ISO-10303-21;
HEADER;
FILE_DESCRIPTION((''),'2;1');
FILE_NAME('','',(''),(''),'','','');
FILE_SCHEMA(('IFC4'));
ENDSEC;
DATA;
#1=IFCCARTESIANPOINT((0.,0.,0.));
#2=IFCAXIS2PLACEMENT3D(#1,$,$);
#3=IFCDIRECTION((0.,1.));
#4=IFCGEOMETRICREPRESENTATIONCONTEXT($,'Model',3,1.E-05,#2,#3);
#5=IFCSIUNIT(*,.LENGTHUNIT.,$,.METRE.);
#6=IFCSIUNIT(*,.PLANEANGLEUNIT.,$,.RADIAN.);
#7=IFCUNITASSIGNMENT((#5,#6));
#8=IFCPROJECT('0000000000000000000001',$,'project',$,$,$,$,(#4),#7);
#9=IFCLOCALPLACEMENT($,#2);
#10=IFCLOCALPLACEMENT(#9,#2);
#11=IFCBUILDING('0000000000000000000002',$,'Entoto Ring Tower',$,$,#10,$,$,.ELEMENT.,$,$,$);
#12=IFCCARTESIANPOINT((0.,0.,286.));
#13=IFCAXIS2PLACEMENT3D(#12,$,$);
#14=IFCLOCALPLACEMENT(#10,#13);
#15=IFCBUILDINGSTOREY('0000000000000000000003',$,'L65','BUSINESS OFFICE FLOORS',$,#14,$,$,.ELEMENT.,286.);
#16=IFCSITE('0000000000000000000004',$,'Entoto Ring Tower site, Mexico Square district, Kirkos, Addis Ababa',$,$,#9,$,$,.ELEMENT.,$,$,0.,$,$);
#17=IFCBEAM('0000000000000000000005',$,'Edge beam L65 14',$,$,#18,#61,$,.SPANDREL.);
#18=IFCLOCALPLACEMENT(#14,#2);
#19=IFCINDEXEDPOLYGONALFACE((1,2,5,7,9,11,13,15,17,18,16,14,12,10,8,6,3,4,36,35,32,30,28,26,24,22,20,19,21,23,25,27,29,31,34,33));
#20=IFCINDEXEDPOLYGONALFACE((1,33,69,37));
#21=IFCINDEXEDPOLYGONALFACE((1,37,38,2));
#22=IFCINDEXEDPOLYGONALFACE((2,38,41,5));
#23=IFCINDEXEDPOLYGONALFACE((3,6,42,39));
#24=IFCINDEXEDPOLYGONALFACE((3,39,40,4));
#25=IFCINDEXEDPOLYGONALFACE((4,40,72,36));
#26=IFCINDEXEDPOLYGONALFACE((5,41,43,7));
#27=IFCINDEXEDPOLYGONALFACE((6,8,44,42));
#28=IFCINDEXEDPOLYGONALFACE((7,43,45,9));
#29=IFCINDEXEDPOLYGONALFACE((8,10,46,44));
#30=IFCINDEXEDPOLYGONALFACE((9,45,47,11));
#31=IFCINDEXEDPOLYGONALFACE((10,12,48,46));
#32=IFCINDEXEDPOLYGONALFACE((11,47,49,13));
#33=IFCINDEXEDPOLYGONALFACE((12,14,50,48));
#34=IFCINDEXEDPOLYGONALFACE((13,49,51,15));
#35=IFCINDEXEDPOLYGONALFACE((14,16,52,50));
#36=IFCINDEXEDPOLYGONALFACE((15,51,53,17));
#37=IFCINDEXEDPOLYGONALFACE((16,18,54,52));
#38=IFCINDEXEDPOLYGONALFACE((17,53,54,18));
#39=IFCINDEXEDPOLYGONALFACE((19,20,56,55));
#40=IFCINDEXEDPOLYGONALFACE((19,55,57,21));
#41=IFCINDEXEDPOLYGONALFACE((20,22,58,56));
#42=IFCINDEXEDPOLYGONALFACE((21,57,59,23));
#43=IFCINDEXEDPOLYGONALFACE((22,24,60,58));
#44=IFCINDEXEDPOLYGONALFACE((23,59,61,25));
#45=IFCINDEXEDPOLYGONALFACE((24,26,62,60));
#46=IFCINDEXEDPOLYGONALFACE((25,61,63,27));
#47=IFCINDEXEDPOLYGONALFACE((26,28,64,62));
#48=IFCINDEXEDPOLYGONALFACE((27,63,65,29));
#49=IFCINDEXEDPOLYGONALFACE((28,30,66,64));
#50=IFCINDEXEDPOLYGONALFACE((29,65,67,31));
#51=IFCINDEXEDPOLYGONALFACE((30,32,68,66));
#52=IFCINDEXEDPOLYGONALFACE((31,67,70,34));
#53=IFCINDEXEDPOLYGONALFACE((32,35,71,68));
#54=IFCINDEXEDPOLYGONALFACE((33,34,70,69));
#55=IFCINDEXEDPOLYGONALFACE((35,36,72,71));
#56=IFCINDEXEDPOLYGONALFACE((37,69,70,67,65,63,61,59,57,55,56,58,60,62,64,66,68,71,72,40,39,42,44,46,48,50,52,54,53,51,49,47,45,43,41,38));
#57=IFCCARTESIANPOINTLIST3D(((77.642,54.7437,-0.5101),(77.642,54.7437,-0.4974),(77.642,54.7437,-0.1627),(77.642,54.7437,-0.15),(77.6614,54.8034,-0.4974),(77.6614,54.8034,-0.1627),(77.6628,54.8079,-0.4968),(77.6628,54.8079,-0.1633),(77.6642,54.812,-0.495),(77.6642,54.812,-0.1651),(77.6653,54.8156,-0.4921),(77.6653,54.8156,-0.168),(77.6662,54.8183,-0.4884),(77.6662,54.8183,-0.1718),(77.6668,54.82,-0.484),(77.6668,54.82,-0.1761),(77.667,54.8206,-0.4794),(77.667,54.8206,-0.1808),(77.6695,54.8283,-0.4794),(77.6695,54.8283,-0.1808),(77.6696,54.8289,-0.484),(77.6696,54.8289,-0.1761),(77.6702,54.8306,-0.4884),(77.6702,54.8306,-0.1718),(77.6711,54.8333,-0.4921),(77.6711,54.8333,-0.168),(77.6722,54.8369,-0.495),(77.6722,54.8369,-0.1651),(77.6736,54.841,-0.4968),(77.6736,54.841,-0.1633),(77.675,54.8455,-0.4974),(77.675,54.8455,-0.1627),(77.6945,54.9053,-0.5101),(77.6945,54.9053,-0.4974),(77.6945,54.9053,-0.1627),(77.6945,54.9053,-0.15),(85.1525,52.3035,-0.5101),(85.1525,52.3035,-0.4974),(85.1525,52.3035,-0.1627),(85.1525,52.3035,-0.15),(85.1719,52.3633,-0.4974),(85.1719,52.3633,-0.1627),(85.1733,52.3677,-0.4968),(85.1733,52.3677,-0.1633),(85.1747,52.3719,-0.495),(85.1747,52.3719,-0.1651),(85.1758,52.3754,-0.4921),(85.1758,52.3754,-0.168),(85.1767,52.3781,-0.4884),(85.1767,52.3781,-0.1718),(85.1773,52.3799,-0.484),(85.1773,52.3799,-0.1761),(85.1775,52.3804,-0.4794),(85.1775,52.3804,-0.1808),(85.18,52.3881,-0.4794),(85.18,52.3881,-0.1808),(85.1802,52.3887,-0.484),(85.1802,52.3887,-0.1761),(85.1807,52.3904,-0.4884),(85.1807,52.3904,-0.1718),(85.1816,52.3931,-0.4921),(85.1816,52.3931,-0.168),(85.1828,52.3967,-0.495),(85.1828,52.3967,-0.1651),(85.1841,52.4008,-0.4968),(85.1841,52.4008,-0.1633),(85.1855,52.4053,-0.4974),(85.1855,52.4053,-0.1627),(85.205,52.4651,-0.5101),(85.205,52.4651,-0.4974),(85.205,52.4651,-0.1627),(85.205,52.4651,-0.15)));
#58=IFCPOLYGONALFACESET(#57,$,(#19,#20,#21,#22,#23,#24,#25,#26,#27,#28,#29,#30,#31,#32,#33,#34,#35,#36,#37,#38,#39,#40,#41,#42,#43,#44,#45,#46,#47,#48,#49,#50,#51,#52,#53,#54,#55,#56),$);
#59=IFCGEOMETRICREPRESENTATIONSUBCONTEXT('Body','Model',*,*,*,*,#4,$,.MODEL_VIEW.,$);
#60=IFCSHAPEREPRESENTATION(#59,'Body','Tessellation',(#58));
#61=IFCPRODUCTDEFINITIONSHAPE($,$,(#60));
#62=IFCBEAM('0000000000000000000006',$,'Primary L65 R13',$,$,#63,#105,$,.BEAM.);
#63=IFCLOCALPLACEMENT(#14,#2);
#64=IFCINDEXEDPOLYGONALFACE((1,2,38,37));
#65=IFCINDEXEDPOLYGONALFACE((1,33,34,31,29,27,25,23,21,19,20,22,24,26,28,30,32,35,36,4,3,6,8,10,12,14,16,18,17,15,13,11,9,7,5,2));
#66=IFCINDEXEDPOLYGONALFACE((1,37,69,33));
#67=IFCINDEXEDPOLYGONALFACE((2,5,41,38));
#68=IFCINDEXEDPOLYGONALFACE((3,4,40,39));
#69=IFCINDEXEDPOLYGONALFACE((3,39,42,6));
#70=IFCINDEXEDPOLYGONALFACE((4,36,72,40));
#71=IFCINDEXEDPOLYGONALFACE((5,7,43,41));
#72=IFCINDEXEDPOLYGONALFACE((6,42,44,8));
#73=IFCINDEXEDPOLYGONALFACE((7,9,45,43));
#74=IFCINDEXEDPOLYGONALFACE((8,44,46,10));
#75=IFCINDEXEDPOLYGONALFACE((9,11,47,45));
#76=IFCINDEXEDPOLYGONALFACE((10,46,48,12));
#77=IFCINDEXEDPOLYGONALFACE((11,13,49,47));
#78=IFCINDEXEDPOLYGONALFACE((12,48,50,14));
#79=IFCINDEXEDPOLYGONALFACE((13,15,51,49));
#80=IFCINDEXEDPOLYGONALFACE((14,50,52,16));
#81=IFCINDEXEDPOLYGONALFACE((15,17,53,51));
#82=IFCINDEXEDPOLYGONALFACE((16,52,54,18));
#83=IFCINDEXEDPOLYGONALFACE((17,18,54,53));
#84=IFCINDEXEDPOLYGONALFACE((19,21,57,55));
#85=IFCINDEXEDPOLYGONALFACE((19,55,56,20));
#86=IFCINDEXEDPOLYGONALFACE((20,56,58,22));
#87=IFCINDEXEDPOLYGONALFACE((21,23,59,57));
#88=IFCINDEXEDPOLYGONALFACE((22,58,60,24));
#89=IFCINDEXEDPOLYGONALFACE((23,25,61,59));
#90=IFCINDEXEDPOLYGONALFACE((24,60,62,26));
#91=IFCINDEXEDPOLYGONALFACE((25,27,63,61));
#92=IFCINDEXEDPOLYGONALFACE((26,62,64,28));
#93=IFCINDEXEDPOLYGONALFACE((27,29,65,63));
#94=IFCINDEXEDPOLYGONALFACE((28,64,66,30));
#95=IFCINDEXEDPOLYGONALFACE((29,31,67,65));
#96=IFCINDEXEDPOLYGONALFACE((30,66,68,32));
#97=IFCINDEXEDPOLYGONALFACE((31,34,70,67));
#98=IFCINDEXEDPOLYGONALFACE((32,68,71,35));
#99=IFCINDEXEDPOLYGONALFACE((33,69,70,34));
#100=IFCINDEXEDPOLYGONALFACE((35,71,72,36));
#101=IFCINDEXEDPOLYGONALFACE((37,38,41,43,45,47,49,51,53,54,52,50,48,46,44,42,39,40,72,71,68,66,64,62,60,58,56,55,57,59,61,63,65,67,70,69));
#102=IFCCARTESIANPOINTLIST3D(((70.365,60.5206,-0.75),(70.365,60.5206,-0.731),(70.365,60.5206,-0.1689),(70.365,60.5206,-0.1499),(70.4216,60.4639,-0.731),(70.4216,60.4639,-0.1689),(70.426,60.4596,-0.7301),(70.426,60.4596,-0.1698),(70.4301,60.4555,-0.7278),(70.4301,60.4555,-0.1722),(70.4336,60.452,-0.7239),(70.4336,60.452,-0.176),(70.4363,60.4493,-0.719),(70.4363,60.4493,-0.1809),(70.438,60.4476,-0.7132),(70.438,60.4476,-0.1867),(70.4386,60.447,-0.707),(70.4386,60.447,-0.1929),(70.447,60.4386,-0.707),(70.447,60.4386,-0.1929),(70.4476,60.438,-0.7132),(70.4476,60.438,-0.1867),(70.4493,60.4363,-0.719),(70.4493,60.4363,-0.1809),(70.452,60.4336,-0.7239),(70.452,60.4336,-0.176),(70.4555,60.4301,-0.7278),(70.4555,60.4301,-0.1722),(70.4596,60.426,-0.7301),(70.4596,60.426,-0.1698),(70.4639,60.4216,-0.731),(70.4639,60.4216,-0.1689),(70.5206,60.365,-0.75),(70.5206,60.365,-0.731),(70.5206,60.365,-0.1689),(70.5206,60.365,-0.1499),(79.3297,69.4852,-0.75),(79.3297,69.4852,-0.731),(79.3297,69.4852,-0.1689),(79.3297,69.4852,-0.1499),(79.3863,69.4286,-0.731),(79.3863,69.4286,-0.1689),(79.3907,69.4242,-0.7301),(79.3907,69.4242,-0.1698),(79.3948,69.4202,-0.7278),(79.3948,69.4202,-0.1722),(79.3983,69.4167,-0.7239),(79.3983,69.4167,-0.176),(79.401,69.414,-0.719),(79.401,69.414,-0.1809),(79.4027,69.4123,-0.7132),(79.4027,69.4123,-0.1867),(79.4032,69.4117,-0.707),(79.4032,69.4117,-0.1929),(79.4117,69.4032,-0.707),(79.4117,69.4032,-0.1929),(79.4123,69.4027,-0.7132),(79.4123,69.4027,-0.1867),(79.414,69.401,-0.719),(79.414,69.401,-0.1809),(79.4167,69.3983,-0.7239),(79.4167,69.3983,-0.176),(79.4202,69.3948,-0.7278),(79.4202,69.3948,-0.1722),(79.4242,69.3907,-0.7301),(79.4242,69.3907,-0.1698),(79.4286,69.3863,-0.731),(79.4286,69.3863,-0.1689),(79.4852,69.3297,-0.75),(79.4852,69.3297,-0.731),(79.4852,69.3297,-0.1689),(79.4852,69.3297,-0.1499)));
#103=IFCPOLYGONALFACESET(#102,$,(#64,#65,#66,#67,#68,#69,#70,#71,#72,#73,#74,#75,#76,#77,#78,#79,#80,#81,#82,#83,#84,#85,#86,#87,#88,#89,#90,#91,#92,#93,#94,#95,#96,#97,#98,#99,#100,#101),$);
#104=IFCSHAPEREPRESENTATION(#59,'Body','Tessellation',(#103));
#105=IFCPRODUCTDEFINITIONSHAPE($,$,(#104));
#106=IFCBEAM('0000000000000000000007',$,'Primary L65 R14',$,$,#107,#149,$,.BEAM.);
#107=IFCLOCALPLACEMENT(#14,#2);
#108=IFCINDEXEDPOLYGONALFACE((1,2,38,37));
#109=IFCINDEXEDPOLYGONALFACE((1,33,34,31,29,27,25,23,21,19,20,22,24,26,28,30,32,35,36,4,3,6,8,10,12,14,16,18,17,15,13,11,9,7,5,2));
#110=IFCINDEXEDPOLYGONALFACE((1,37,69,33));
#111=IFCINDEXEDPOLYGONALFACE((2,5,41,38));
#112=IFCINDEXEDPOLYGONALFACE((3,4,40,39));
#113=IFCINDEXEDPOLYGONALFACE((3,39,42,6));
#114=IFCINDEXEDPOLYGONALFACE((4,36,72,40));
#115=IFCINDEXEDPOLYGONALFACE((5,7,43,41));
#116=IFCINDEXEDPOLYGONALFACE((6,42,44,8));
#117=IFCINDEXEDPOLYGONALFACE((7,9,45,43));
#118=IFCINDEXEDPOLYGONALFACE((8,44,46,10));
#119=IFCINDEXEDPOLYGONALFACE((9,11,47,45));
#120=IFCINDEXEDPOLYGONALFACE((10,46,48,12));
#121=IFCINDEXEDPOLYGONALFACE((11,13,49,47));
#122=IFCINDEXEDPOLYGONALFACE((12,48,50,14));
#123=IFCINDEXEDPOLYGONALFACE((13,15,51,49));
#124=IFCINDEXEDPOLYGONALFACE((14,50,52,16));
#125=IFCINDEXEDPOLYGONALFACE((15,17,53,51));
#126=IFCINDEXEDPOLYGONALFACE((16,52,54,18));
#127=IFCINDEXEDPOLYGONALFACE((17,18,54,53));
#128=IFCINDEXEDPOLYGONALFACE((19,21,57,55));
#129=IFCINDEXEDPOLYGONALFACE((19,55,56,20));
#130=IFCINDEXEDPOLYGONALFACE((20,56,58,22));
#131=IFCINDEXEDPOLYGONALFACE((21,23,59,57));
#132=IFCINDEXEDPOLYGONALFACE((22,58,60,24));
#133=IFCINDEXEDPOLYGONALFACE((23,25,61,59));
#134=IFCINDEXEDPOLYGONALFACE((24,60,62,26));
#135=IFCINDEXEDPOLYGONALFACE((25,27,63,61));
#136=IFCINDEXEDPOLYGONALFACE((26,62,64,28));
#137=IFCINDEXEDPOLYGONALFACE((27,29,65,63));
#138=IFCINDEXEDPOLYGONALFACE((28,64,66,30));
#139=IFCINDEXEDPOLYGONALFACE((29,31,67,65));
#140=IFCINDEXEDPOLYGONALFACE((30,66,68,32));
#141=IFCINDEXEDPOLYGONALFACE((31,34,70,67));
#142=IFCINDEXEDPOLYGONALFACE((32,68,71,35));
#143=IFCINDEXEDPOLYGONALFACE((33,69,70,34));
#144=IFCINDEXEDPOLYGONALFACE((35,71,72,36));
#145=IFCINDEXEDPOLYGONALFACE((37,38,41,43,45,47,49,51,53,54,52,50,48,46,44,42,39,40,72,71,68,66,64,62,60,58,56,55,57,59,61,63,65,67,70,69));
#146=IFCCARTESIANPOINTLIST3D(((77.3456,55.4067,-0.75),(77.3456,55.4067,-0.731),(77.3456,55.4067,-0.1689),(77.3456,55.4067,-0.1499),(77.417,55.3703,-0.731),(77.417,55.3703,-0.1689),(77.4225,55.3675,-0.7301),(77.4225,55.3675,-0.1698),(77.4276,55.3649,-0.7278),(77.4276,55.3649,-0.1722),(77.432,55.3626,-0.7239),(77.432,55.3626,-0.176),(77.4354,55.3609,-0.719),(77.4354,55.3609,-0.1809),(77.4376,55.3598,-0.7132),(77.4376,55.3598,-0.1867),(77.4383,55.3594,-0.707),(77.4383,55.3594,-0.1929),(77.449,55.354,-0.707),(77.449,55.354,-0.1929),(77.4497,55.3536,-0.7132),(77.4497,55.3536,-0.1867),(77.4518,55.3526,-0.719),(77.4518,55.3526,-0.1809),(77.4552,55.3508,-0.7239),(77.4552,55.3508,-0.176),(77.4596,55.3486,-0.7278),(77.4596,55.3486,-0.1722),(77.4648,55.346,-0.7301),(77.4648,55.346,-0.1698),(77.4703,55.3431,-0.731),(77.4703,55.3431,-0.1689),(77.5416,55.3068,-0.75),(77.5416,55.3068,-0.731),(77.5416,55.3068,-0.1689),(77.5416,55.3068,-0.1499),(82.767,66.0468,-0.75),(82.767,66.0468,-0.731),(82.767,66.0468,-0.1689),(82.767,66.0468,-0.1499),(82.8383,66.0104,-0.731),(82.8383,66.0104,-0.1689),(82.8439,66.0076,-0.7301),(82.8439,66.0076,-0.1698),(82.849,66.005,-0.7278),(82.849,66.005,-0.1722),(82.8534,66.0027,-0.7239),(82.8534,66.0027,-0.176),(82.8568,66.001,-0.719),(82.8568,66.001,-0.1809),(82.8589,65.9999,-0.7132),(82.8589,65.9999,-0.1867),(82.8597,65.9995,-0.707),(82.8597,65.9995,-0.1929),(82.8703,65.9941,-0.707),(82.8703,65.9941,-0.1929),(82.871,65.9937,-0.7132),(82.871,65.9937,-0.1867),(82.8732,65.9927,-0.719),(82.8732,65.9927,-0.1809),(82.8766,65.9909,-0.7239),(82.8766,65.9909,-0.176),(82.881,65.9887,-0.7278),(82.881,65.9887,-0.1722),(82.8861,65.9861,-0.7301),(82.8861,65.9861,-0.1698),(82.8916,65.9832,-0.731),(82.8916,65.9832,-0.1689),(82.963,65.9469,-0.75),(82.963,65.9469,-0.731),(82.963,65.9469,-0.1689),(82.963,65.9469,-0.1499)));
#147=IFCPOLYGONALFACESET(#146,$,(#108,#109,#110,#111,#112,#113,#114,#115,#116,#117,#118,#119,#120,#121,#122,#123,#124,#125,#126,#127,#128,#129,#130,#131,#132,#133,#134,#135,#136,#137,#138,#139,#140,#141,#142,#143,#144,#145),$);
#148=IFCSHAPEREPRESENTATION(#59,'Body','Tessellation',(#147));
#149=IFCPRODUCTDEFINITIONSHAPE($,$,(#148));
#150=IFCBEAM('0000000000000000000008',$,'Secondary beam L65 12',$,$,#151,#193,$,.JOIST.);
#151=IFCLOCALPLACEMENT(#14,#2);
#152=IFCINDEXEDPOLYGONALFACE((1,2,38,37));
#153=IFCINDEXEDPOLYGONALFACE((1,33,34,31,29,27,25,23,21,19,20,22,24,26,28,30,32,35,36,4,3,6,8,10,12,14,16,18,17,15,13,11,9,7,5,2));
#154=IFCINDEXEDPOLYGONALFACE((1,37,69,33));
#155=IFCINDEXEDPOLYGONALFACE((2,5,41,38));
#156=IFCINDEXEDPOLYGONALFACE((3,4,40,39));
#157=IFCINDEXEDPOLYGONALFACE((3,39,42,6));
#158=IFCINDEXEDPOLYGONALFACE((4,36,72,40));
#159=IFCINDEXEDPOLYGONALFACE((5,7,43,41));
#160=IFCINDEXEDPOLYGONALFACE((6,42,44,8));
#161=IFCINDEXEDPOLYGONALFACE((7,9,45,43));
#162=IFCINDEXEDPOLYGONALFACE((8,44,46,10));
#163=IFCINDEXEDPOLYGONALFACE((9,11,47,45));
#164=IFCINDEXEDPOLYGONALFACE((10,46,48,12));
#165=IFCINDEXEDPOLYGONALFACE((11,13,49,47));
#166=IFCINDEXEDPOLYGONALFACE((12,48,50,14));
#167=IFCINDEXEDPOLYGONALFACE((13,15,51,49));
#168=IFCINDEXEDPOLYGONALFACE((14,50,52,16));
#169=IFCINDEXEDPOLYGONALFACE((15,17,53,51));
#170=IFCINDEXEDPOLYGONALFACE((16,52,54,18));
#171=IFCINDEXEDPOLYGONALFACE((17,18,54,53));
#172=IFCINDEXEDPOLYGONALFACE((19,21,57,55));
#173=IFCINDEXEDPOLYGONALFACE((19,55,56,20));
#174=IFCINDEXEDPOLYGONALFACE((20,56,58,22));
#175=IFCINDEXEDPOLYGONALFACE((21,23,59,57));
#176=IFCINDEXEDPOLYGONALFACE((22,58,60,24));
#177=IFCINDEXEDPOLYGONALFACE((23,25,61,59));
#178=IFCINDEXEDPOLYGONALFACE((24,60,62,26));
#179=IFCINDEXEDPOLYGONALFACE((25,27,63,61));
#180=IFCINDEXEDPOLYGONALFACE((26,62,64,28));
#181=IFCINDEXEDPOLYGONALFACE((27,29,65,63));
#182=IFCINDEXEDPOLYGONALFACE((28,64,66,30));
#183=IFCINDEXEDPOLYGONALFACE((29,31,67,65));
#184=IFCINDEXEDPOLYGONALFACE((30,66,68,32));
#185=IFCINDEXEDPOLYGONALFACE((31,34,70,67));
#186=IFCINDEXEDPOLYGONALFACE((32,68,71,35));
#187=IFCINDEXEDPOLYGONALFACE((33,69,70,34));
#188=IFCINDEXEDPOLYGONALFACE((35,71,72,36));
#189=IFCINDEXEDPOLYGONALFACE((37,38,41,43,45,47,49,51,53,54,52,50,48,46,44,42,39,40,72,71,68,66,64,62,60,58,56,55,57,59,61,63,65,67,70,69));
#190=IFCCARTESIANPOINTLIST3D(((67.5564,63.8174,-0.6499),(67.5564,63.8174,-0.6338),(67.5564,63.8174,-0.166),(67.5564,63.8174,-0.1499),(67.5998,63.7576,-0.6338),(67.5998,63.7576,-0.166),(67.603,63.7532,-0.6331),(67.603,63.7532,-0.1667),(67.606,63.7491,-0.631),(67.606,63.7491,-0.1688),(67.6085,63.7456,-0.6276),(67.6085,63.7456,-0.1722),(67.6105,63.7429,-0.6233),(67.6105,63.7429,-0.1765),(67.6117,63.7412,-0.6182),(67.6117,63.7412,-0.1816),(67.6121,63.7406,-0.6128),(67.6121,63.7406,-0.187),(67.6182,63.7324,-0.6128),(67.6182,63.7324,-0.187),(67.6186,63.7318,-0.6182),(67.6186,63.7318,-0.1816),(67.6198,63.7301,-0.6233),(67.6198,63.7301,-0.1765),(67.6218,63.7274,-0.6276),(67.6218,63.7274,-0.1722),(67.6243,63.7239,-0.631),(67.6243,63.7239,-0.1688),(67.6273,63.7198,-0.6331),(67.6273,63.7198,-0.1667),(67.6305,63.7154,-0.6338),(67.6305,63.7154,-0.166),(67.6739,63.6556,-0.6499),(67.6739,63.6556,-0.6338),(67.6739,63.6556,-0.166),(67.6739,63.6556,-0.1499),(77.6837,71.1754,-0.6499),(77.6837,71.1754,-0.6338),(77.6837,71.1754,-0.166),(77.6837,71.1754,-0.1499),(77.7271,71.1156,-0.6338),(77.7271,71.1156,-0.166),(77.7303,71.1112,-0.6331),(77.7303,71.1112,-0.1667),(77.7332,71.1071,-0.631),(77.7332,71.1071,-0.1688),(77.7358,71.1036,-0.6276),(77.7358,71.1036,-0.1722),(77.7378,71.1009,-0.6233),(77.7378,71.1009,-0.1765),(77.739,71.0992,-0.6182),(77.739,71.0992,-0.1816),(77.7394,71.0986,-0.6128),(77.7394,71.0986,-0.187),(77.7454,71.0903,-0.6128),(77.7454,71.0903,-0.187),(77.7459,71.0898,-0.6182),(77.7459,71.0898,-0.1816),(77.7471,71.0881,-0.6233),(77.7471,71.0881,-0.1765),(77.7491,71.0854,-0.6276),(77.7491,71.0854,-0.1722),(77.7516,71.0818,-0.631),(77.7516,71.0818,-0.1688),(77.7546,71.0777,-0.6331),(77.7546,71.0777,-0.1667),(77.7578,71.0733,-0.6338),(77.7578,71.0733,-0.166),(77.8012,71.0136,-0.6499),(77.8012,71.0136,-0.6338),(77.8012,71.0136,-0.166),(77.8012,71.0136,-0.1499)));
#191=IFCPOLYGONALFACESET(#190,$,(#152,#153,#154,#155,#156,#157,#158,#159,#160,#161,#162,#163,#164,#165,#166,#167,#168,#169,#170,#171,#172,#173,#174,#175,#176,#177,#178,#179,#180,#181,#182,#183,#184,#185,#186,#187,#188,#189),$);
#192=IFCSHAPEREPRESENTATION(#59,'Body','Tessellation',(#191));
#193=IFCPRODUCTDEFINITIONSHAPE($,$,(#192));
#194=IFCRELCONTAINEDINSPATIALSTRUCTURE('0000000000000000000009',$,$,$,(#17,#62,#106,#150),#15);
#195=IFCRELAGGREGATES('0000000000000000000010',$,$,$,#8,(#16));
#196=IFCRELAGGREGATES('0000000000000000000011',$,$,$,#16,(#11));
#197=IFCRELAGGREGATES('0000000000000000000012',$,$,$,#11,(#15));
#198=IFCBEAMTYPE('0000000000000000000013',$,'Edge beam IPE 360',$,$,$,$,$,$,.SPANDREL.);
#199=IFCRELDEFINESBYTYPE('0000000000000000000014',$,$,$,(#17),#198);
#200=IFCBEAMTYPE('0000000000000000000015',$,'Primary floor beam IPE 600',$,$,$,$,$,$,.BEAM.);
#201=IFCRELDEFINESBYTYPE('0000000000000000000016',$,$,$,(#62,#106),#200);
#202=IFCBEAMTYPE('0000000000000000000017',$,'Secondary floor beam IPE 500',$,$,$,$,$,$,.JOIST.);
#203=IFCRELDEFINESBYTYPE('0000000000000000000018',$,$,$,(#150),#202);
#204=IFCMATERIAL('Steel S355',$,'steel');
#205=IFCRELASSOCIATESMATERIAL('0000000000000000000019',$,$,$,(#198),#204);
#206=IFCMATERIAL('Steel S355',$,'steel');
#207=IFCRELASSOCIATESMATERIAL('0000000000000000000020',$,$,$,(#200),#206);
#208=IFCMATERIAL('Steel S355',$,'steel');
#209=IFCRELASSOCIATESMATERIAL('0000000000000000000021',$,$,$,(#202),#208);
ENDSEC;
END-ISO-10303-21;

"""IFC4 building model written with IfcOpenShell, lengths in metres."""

from ifc_helpers import new_model, si_unit, direction, frame, origin, origin_2d, place, context, subcontext, project, spatial, i_section, extrude, material, material_profile, profile_set, type_object, element, save


model = new_model("IFC4")

# Units and contexts
model_context = context("Model", 3, precision=1e-05, world=origin(), true_north=direction((0.0, 1.0)))
body_context = subcontext(model_context, "Body", "Model", "MODEL_VIEW")
ifc_project = project(units=[si_unit("LENGTHUNIT", "METRE"), si_unit("PLANEANGLEUNIT", "RADIAN")], contexts=[model_context])

# Site, building, storey
site_placement = place(None, origin())
site = spatial("IfcSite", under=ifc_project, at=site_placement, Name="Entoto Ring Tower site, Mexico Square district, Kirkos, Addis Ababa", CompositionType="ELEMENT", RefElevation=0.0)
building_placement = place(site_placement, origin())
building = spatial("IfcBuilding", under=site, at=building_placement, Name="Entoto Ring Tower", CompositionType="ELEMENT")
storey_placement = place(building_placement, frame((0.0, 0.0, 286.0)))
storey = spatial("IfcBuildingStorey", under=building, at=storey_placement, Name="L65", Description="BUSINESS OFFICE FLOORS", CompositionType="ELEMENT", Elevation=286.0)

# Beams
ifc_material_1 = material(Name="Steel S355", Category="steel")
ifc_material_profile_1 = material_profile(ifc_material_1, i_section(OverallWidth=0.1699, OverallDepth=0.3601, WebThickness=0.0081, FlangeThickness=0.0127, FilletRadius=0.0181, at=origin_2d()), Name="IPE 360")
ifc_profile_set_1 = profile_set([ifc_material_profile_1], Name="Steel S355")
beam_type_1 = type_object("IfcBeamType", Name="Edge beam IPE 360", PredefinedType="SPANDREL", material=ifc_profile_set_1)
beam_1_placement = place(storey_placement, frame((77.6682, 54.8245, -0.3301), z_axis=(0.951061, -0.309003, 0.0), x_axis=(0.309003, 0.951061, 0.0)))
element("IfcBeam", 1, at=beam_1_placement, inside=storey, type_object=beam_type_1, Name="Edge beam L65 14", PredefinedType="SPANDREL", context=body_context, shape_type="SweptSolid", body=[
    extrude(i_section(OverallWidth=0.1699, OverallDepth=0.3601, WebThickness=0.0081, FlangeThickness=0.0127, FilletRadius=0.0181, at=origin_2d()), origin(), (0.0, 0.0, 1.0), 7.897),
])
ifc_material_2 = material(Name="Steel S355", Category="steel")
ifc_material_profile_2 = material_profile(ifc_material_2, i_section(OverallWidth=0.22, OverallDepth=0.6001, WebThickness=0.012, FlangeThickness=0.019, FilletRadius=0.0239, at=origin_2d()), Name="IPE 600")
ifc_profile_set_2 = profile_set([ifc_material_profile_2], Name="Steel S355")
beam_type_2 = type_object("IfcBeamType", Name="Primary floor beam IPE 600", PredefinedType="BEAM", material=ifc_profile_set_2)
beam_2_placement = place(storey_placement, frame((79.4075, 69.4075, -0.45), z_axis=(-0.707107, -0.707107, 0.0), x_axis=(0.707107, -0.707107, 0.0)))
element("IfcBeam", 2, at=beam_2_placement, inside=storey, type_object=beam_type_2, Name="Primary L65 R13", PredefinedType="BEAM", context=body_context, shape_type="SweptSolid", body=[
    extrude(i_section(OverallWidth=0.22, OverallDepth=0.6001, WebThickness=0.012, FlangeThickness=0.019, FilletRadius=0.0239, at=origin_2d()), origin(), (0.0, 0.0, 1.0), 12.678),
])
beam_3_placement = place(storey_placement, frame((82.865, 65.9968, -0.45), z_axis=(-0.453988, -0.891008, 0.0), x_axis=(0.891008, -0.453988, 0.0)))
element("IfcBeam", 3, at=beam_3_placement, inside=storey, type_object=beam_type_2, Name="Primary L65 R14", PredefinedType="BEAM", context=body_context, shape_type="SweptSolid", body=[
    extrude(i_section(OverallWidth=0.22, OverallDepth=0.6001, WebThickness=0.012, FlangeThickness=0.019, FilletRadius=0.0239, at=origin_2d()), origin(), (0.0, 0.0, 1.0), 11.9417),
])
ifc_material_3 = material(Name="Steel S355", Category="steel")
ifc_material_profile_3 = material_profile(ifc_material_3, i_section(OverallWidth=0.2, OverallDepth=0.5, WebThickness=0.0103, FlangeThickness=0.0161, FilletRadius=0.021, at=origin_2d()), Name="IPE 500")
ifc_profile_set_3 = profile_set([ifc_material_profile_3], Name="Steel S355")
beam_type_3 = type_object("IfcBeamType", Name="Secondary floor beam IPE 500", PredefinedType="JOIST", material=ifc_profile_set_3)
for number, where, z_axis, x_axis, name in (
    (4, (77.7424, 71.0945, -0.3999), (-0.809014, -0.587789, 0.0), (0.587789, -0.809014, 0.0), "Secondary beam L65 12"),
):
    element("IfcBeam", number, at=place(storey_placement, frame(where, z_axis=z_axis, x_axis=x_axis)), inside=storey, type_object=beam_type_3, Name=name, PredefinedType="JOIST", context=body_context, shape_type="SweptSolid", body=[
        extrude(i_section(OverallWidth=0.2, OverallDepth=0.5, WebThickness=0.0103, FlangeThickness=0.0161, FilletRadius=0.021, at=origin_2d()), origin(), (0.0, 0.0, 1.0), 12.5181),
    ])

save(model, "model.ifc")
